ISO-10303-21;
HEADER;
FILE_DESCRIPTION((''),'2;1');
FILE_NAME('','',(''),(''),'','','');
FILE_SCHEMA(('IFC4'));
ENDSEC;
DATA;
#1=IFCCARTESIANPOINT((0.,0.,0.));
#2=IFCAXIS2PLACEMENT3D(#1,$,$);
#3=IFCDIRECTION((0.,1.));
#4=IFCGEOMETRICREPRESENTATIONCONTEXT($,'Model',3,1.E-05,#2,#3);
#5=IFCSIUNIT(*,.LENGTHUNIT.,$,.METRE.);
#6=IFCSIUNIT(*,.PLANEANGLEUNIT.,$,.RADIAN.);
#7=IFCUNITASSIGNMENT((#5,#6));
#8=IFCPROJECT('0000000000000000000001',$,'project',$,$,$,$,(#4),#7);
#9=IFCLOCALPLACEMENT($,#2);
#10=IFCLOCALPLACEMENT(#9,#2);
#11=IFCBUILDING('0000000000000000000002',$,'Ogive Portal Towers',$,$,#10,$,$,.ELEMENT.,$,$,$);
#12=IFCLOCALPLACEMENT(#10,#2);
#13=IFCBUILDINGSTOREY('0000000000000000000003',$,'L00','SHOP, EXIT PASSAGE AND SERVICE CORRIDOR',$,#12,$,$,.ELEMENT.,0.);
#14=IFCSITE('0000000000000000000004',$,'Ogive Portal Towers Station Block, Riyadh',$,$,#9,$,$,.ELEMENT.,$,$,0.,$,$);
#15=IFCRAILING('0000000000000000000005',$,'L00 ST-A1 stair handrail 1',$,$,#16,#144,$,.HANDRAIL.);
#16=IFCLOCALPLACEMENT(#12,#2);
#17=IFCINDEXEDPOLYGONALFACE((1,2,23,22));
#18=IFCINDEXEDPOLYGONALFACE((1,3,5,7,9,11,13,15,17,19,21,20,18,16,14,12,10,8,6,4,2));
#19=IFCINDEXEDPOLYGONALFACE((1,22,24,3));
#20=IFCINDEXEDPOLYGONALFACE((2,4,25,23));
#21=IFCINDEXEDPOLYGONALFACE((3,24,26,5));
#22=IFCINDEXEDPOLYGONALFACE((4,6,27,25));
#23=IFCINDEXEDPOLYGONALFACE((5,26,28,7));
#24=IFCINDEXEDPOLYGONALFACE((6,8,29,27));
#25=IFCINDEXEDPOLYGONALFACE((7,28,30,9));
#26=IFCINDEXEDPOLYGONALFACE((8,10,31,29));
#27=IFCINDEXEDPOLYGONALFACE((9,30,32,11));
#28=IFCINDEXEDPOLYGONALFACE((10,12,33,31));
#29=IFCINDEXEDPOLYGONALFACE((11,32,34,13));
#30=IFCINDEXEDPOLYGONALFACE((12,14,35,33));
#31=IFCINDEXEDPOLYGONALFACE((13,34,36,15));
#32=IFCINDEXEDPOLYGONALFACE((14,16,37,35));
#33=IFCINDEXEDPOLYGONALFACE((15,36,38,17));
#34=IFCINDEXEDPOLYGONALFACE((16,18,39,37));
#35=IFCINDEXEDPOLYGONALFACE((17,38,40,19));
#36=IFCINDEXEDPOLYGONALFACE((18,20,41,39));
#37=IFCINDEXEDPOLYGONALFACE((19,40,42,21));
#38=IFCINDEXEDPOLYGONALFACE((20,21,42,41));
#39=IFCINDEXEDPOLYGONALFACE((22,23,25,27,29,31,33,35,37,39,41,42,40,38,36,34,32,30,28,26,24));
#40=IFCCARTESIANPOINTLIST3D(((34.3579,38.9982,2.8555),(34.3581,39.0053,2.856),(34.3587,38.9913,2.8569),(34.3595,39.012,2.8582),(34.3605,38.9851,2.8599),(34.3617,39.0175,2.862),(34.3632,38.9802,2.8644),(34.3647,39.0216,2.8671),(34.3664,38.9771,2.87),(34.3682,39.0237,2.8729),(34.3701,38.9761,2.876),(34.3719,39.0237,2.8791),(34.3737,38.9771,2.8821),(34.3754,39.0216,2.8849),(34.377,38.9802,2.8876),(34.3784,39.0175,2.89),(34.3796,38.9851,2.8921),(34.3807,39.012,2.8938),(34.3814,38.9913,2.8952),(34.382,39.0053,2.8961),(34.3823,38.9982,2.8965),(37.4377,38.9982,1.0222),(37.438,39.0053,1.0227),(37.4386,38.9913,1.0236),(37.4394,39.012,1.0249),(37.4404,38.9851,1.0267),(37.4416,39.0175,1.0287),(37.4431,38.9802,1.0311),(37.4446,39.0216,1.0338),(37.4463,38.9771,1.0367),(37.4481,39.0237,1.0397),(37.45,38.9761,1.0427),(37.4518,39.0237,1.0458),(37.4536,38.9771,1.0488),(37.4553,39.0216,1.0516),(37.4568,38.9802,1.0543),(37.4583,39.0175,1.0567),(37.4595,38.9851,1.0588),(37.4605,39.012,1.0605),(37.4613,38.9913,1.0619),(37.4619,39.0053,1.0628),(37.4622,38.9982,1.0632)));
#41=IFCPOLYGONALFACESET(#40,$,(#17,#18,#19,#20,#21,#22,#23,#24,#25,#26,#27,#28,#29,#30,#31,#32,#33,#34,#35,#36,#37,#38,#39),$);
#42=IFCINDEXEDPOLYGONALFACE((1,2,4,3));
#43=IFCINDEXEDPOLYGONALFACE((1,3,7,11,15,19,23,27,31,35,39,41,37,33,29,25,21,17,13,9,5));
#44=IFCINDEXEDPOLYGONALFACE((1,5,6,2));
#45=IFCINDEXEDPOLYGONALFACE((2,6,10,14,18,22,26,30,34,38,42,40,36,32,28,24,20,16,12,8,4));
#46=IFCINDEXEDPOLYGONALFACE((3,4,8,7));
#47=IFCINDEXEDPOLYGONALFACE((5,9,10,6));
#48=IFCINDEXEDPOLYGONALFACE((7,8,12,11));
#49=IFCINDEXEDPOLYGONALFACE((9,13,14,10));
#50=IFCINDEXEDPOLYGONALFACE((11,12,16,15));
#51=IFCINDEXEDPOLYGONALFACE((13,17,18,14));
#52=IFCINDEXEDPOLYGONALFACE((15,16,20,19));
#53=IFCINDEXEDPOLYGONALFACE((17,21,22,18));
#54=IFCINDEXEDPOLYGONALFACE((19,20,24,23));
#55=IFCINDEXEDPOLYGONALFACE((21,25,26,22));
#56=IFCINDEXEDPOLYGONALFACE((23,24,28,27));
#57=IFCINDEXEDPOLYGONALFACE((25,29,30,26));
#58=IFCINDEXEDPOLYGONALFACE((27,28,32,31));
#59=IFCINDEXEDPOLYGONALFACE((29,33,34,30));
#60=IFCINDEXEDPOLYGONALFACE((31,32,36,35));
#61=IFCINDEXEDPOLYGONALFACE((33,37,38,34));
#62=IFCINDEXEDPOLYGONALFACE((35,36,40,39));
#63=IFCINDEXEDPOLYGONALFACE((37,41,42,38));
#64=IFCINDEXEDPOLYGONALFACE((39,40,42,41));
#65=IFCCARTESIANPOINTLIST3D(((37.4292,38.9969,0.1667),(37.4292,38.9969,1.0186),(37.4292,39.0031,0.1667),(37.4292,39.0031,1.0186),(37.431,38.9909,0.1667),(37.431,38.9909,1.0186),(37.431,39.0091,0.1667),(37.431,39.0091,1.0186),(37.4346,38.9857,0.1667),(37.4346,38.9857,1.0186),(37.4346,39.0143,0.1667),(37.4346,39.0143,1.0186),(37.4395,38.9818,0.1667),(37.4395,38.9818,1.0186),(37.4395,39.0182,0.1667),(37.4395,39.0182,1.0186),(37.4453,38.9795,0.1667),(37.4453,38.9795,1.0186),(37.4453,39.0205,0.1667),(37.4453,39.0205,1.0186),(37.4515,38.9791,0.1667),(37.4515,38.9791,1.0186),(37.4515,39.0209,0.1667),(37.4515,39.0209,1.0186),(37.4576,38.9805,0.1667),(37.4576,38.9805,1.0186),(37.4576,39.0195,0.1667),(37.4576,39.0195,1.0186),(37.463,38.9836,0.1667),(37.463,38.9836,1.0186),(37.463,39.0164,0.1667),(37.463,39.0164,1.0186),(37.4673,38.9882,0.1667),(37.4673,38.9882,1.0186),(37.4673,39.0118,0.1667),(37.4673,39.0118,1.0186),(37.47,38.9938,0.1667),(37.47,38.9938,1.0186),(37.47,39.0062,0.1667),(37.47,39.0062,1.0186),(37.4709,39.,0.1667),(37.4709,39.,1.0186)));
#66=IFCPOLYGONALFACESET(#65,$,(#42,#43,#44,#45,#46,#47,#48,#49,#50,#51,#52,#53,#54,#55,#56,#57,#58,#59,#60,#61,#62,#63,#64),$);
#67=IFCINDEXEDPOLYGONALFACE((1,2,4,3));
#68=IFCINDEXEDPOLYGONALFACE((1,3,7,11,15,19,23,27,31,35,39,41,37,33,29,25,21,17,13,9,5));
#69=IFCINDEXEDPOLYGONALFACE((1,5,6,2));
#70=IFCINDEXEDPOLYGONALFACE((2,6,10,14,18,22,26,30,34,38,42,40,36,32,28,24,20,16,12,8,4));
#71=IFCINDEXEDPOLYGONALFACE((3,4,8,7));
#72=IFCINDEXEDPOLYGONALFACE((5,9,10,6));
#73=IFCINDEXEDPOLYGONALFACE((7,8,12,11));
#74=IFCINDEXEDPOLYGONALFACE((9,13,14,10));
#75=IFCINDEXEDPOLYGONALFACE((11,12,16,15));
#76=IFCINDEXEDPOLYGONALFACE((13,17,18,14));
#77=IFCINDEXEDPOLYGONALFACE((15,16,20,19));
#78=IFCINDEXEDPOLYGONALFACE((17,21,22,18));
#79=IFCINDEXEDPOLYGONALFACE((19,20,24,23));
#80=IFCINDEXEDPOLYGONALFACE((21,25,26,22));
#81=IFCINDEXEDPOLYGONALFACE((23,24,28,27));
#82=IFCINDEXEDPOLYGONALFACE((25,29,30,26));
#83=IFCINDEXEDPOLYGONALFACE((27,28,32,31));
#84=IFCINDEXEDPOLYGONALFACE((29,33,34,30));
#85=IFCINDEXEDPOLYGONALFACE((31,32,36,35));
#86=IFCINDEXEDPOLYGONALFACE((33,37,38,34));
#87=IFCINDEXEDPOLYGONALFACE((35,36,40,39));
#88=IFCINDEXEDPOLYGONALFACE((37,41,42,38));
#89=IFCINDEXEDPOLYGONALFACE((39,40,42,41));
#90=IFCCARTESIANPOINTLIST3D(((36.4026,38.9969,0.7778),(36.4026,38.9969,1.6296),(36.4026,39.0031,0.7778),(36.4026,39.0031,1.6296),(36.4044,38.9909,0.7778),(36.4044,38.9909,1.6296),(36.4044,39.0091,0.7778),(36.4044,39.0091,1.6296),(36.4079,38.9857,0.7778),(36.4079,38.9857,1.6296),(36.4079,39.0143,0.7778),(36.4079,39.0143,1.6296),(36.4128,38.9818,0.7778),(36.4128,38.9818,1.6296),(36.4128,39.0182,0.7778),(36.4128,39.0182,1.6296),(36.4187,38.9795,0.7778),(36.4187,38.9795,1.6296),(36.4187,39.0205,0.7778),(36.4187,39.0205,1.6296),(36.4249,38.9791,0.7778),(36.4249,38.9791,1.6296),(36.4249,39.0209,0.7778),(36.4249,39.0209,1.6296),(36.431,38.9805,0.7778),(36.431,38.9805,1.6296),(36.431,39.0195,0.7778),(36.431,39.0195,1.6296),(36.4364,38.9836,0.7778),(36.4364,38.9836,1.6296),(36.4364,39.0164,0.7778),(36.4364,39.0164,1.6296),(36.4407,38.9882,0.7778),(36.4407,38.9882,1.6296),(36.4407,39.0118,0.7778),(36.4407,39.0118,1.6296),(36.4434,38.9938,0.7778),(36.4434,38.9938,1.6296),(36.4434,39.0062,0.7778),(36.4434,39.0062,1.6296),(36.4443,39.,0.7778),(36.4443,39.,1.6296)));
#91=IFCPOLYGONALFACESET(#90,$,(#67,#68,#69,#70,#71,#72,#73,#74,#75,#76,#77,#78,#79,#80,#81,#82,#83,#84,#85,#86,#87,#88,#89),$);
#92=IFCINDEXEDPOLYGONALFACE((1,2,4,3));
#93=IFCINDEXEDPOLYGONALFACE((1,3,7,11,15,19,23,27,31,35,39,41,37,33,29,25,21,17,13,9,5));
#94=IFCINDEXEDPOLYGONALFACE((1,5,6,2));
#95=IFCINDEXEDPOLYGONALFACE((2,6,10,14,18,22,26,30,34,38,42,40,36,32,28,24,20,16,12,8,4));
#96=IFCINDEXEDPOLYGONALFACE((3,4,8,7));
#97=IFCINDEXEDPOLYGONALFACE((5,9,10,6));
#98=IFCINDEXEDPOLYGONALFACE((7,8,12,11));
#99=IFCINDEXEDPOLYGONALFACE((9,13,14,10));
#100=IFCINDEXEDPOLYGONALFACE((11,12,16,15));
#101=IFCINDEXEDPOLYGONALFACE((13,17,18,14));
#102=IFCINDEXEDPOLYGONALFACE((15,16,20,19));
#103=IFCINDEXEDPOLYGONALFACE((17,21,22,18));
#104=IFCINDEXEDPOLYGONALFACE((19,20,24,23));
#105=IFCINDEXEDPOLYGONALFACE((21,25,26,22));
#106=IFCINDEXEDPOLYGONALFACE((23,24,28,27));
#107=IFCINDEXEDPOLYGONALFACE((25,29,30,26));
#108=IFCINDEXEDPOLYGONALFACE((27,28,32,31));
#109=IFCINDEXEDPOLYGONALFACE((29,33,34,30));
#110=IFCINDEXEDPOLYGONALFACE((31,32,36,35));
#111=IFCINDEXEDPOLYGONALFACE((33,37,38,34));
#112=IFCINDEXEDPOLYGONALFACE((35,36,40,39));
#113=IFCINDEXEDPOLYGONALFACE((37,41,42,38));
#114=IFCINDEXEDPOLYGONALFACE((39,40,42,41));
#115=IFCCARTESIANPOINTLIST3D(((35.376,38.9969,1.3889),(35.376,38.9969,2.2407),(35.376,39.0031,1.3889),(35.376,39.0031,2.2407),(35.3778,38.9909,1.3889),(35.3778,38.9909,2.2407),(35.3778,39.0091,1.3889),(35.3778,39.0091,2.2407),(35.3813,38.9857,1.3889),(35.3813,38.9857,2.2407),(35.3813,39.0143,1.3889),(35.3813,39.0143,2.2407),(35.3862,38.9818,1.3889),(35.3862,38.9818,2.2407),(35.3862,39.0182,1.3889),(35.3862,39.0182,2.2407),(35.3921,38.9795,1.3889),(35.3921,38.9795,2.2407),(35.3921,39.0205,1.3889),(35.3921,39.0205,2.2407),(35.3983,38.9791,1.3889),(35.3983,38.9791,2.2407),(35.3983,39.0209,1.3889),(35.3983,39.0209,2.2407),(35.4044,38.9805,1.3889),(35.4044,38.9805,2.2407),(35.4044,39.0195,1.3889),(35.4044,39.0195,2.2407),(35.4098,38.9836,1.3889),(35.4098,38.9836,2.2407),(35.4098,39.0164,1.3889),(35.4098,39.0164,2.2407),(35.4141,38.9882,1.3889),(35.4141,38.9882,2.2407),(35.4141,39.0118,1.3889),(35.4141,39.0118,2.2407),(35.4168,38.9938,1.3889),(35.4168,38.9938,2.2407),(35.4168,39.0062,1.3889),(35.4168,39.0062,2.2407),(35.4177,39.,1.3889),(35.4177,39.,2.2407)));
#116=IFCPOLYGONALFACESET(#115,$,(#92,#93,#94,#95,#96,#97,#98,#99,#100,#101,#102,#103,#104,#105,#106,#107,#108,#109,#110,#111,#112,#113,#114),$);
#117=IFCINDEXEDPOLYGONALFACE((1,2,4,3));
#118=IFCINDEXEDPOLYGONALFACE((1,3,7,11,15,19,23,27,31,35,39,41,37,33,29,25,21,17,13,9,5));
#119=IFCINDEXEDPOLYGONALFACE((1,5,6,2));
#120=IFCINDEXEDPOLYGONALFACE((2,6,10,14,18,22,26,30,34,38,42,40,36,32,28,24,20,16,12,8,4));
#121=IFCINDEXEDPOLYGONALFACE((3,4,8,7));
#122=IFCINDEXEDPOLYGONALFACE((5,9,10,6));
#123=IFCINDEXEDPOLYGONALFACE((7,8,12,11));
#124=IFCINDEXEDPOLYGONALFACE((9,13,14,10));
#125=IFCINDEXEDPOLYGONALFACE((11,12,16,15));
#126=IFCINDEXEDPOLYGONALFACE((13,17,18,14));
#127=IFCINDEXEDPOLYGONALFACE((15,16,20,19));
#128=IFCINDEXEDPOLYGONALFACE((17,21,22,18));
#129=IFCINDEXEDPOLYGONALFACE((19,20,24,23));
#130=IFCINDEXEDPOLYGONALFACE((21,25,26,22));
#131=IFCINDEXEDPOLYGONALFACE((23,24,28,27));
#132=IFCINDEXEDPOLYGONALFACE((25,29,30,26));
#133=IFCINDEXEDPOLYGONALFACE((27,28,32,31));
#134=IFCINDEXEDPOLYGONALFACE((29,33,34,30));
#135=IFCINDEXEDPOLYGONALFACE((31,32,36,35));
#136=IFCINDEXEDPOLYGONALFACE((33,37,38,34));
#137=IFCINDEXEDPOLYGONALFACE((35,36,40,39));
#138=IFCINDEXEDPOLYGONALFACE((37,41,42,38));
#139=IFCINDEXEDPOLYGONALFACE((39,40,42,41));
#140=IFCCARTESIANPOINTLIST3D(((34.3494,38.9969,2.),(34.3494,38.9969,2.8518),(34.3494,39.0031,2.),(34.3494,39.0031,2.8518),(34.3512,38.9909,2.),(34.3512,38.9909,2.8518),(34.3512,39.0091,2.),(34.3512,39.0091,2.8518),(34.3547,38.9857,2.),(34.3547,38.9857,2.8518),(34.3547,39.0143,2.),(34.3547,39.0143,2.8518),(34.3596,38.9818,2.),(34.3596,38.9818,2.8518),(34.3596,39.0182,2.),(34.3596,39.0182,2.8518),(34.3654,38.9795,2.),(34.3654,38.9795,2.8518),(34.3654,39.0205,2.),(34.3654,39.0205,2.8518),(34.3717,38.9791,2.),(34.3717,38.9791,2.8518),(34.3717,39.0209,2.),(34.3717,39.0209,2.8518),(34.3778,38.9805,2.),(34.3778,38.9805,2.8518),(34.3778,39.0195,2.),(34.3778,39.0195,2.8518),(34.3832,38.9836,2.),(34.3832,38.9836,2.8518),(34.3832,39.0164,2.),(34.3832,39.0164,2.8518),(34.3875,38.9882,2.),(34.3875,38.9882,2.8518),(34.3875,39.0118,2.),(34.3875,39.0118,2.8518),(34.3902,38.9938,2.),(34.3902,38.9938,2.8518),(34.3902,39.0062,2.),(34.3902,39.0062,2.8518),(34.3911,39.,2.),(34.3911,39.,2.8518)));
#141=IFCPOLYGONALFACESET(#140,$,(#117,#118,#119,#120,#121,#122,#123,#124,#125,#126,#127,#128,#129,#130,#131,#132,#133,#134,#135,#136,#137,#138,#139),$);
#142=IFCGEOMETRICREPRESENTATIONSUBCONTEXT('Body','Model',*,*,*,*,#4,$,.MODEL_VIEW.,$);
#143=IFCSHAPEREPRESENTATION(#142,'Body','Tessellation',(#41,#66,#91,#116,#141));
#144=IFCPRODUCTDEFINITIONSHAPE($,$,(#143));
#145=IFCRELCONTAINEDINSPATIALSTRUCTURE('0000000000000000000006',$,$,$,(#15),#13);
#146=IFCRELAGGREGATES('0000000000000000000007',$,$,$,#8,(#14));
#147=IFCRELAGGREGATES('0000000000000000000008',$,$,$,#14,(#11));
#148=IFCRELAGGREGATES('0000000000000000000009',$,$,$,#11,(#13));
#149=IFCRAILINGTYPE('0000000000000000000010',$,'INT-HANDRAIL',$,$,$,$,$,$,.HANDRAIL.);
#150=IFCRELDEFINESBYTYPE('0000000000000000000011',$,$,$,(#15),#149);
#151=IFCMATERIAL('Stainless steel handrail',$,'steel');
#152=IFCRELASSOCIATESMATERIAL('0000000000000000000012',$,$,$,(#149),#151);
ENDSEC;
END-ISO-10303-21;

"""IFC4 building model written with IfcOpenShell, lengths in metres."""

from ifc_helpers import new_model, si_unit, direction, frame, origin, origin_2d, place, context, subcontext, project, spatial, circle, extrude, material, type_object, element, save


model = new_model("IFC4")

# Units and contexts
model_context = context("Model", 3, precision=1e-05, world=origin(), true_north=direction((0.0, 1.0)))
body_context = subcontext(model_context, "Body", "Model", "MODEL_VIEW")
ifc_project = project(units=[si_unit("LENGTHUNIT", "METRE"), si_unit("PLANEANGLEUNIT", "RADIAN")], contexts=[model_context])

# Site, building, storey
site_placement = place(None, origin())
site = spatial("IfcSite", under=ifc_project, at=site_placement, Name="Ogive Portal Towers Station Block, Riyadh", CompositionType="ELEMENT", RefElevation=0.0)
building_placement = place(site_placement, origin())
building = spatial("IfcBuilding", under=site, at=building_placement, Name="Ogive Portal Towers", CompositionType="ELEMENT")
storey_placement = place(building_placement, origin())
storey = spatial("IfcBuildingStorey", under=building, at=storey_placement, Name="L00", Description="SHOP, EXIT PASSAGE AND SERVICE CORRIDOR", CompositionType="ELEMENT", Elevation=0.0)

# Railing
ifc_material_1 = material(Name="Stainless steel handrail", Category="steel")
railing_type_1 = type_object("IfcRailingType", Name="INT-HANDRAIL", PredefinedType="HANDRAIL", material=ifc_material_1)
railing_1_placement = place(storey_placement, frame((37.45, 39.0, 0.1667)))
element("IfcRailing", 1, at=railing_1_placement, inside=storey, type_object=railing_type_1, Name="L00 ST-A1 stair handrail 1", PredefinedType="HANDRAIL", context=body_context, shape_type="SweptSolid", body=[
    extrude(circle(Radius=0.0239, at=origin_2d()), frame((0.0, 0.0, 0.876), z_axis=(-0.859291, 0.0, 0.511487), x_axis=(0.0, -1.0, 0.0)), (0.0, 0.0, 1.0), 3.5842),
    extrude(circle(Radius=0.021, at=origin_2d()), origin(), (0.0, 0.0, 1.0), 0.8518),
    extrude(circle(Radius=0.021, at=origin_2d()), frame((-1.0266, 0.0, 0.6111)), (0.0, 0.0, 1.0), 0.8518),
    extrude(circle(Radius=0.021, at=origin_2d()), frame((-2.0532, 0.0, 1.2222)), (0.0, 0.0, 1.0), 0.8518),
    extrude(circle(Radius=0.021, at=origin_2d()), frame((-3.0798, 0.0, 1.8333)), (0.0, 0.0, 1.0), 0.8518),
])

save(model, "model.ifc")
